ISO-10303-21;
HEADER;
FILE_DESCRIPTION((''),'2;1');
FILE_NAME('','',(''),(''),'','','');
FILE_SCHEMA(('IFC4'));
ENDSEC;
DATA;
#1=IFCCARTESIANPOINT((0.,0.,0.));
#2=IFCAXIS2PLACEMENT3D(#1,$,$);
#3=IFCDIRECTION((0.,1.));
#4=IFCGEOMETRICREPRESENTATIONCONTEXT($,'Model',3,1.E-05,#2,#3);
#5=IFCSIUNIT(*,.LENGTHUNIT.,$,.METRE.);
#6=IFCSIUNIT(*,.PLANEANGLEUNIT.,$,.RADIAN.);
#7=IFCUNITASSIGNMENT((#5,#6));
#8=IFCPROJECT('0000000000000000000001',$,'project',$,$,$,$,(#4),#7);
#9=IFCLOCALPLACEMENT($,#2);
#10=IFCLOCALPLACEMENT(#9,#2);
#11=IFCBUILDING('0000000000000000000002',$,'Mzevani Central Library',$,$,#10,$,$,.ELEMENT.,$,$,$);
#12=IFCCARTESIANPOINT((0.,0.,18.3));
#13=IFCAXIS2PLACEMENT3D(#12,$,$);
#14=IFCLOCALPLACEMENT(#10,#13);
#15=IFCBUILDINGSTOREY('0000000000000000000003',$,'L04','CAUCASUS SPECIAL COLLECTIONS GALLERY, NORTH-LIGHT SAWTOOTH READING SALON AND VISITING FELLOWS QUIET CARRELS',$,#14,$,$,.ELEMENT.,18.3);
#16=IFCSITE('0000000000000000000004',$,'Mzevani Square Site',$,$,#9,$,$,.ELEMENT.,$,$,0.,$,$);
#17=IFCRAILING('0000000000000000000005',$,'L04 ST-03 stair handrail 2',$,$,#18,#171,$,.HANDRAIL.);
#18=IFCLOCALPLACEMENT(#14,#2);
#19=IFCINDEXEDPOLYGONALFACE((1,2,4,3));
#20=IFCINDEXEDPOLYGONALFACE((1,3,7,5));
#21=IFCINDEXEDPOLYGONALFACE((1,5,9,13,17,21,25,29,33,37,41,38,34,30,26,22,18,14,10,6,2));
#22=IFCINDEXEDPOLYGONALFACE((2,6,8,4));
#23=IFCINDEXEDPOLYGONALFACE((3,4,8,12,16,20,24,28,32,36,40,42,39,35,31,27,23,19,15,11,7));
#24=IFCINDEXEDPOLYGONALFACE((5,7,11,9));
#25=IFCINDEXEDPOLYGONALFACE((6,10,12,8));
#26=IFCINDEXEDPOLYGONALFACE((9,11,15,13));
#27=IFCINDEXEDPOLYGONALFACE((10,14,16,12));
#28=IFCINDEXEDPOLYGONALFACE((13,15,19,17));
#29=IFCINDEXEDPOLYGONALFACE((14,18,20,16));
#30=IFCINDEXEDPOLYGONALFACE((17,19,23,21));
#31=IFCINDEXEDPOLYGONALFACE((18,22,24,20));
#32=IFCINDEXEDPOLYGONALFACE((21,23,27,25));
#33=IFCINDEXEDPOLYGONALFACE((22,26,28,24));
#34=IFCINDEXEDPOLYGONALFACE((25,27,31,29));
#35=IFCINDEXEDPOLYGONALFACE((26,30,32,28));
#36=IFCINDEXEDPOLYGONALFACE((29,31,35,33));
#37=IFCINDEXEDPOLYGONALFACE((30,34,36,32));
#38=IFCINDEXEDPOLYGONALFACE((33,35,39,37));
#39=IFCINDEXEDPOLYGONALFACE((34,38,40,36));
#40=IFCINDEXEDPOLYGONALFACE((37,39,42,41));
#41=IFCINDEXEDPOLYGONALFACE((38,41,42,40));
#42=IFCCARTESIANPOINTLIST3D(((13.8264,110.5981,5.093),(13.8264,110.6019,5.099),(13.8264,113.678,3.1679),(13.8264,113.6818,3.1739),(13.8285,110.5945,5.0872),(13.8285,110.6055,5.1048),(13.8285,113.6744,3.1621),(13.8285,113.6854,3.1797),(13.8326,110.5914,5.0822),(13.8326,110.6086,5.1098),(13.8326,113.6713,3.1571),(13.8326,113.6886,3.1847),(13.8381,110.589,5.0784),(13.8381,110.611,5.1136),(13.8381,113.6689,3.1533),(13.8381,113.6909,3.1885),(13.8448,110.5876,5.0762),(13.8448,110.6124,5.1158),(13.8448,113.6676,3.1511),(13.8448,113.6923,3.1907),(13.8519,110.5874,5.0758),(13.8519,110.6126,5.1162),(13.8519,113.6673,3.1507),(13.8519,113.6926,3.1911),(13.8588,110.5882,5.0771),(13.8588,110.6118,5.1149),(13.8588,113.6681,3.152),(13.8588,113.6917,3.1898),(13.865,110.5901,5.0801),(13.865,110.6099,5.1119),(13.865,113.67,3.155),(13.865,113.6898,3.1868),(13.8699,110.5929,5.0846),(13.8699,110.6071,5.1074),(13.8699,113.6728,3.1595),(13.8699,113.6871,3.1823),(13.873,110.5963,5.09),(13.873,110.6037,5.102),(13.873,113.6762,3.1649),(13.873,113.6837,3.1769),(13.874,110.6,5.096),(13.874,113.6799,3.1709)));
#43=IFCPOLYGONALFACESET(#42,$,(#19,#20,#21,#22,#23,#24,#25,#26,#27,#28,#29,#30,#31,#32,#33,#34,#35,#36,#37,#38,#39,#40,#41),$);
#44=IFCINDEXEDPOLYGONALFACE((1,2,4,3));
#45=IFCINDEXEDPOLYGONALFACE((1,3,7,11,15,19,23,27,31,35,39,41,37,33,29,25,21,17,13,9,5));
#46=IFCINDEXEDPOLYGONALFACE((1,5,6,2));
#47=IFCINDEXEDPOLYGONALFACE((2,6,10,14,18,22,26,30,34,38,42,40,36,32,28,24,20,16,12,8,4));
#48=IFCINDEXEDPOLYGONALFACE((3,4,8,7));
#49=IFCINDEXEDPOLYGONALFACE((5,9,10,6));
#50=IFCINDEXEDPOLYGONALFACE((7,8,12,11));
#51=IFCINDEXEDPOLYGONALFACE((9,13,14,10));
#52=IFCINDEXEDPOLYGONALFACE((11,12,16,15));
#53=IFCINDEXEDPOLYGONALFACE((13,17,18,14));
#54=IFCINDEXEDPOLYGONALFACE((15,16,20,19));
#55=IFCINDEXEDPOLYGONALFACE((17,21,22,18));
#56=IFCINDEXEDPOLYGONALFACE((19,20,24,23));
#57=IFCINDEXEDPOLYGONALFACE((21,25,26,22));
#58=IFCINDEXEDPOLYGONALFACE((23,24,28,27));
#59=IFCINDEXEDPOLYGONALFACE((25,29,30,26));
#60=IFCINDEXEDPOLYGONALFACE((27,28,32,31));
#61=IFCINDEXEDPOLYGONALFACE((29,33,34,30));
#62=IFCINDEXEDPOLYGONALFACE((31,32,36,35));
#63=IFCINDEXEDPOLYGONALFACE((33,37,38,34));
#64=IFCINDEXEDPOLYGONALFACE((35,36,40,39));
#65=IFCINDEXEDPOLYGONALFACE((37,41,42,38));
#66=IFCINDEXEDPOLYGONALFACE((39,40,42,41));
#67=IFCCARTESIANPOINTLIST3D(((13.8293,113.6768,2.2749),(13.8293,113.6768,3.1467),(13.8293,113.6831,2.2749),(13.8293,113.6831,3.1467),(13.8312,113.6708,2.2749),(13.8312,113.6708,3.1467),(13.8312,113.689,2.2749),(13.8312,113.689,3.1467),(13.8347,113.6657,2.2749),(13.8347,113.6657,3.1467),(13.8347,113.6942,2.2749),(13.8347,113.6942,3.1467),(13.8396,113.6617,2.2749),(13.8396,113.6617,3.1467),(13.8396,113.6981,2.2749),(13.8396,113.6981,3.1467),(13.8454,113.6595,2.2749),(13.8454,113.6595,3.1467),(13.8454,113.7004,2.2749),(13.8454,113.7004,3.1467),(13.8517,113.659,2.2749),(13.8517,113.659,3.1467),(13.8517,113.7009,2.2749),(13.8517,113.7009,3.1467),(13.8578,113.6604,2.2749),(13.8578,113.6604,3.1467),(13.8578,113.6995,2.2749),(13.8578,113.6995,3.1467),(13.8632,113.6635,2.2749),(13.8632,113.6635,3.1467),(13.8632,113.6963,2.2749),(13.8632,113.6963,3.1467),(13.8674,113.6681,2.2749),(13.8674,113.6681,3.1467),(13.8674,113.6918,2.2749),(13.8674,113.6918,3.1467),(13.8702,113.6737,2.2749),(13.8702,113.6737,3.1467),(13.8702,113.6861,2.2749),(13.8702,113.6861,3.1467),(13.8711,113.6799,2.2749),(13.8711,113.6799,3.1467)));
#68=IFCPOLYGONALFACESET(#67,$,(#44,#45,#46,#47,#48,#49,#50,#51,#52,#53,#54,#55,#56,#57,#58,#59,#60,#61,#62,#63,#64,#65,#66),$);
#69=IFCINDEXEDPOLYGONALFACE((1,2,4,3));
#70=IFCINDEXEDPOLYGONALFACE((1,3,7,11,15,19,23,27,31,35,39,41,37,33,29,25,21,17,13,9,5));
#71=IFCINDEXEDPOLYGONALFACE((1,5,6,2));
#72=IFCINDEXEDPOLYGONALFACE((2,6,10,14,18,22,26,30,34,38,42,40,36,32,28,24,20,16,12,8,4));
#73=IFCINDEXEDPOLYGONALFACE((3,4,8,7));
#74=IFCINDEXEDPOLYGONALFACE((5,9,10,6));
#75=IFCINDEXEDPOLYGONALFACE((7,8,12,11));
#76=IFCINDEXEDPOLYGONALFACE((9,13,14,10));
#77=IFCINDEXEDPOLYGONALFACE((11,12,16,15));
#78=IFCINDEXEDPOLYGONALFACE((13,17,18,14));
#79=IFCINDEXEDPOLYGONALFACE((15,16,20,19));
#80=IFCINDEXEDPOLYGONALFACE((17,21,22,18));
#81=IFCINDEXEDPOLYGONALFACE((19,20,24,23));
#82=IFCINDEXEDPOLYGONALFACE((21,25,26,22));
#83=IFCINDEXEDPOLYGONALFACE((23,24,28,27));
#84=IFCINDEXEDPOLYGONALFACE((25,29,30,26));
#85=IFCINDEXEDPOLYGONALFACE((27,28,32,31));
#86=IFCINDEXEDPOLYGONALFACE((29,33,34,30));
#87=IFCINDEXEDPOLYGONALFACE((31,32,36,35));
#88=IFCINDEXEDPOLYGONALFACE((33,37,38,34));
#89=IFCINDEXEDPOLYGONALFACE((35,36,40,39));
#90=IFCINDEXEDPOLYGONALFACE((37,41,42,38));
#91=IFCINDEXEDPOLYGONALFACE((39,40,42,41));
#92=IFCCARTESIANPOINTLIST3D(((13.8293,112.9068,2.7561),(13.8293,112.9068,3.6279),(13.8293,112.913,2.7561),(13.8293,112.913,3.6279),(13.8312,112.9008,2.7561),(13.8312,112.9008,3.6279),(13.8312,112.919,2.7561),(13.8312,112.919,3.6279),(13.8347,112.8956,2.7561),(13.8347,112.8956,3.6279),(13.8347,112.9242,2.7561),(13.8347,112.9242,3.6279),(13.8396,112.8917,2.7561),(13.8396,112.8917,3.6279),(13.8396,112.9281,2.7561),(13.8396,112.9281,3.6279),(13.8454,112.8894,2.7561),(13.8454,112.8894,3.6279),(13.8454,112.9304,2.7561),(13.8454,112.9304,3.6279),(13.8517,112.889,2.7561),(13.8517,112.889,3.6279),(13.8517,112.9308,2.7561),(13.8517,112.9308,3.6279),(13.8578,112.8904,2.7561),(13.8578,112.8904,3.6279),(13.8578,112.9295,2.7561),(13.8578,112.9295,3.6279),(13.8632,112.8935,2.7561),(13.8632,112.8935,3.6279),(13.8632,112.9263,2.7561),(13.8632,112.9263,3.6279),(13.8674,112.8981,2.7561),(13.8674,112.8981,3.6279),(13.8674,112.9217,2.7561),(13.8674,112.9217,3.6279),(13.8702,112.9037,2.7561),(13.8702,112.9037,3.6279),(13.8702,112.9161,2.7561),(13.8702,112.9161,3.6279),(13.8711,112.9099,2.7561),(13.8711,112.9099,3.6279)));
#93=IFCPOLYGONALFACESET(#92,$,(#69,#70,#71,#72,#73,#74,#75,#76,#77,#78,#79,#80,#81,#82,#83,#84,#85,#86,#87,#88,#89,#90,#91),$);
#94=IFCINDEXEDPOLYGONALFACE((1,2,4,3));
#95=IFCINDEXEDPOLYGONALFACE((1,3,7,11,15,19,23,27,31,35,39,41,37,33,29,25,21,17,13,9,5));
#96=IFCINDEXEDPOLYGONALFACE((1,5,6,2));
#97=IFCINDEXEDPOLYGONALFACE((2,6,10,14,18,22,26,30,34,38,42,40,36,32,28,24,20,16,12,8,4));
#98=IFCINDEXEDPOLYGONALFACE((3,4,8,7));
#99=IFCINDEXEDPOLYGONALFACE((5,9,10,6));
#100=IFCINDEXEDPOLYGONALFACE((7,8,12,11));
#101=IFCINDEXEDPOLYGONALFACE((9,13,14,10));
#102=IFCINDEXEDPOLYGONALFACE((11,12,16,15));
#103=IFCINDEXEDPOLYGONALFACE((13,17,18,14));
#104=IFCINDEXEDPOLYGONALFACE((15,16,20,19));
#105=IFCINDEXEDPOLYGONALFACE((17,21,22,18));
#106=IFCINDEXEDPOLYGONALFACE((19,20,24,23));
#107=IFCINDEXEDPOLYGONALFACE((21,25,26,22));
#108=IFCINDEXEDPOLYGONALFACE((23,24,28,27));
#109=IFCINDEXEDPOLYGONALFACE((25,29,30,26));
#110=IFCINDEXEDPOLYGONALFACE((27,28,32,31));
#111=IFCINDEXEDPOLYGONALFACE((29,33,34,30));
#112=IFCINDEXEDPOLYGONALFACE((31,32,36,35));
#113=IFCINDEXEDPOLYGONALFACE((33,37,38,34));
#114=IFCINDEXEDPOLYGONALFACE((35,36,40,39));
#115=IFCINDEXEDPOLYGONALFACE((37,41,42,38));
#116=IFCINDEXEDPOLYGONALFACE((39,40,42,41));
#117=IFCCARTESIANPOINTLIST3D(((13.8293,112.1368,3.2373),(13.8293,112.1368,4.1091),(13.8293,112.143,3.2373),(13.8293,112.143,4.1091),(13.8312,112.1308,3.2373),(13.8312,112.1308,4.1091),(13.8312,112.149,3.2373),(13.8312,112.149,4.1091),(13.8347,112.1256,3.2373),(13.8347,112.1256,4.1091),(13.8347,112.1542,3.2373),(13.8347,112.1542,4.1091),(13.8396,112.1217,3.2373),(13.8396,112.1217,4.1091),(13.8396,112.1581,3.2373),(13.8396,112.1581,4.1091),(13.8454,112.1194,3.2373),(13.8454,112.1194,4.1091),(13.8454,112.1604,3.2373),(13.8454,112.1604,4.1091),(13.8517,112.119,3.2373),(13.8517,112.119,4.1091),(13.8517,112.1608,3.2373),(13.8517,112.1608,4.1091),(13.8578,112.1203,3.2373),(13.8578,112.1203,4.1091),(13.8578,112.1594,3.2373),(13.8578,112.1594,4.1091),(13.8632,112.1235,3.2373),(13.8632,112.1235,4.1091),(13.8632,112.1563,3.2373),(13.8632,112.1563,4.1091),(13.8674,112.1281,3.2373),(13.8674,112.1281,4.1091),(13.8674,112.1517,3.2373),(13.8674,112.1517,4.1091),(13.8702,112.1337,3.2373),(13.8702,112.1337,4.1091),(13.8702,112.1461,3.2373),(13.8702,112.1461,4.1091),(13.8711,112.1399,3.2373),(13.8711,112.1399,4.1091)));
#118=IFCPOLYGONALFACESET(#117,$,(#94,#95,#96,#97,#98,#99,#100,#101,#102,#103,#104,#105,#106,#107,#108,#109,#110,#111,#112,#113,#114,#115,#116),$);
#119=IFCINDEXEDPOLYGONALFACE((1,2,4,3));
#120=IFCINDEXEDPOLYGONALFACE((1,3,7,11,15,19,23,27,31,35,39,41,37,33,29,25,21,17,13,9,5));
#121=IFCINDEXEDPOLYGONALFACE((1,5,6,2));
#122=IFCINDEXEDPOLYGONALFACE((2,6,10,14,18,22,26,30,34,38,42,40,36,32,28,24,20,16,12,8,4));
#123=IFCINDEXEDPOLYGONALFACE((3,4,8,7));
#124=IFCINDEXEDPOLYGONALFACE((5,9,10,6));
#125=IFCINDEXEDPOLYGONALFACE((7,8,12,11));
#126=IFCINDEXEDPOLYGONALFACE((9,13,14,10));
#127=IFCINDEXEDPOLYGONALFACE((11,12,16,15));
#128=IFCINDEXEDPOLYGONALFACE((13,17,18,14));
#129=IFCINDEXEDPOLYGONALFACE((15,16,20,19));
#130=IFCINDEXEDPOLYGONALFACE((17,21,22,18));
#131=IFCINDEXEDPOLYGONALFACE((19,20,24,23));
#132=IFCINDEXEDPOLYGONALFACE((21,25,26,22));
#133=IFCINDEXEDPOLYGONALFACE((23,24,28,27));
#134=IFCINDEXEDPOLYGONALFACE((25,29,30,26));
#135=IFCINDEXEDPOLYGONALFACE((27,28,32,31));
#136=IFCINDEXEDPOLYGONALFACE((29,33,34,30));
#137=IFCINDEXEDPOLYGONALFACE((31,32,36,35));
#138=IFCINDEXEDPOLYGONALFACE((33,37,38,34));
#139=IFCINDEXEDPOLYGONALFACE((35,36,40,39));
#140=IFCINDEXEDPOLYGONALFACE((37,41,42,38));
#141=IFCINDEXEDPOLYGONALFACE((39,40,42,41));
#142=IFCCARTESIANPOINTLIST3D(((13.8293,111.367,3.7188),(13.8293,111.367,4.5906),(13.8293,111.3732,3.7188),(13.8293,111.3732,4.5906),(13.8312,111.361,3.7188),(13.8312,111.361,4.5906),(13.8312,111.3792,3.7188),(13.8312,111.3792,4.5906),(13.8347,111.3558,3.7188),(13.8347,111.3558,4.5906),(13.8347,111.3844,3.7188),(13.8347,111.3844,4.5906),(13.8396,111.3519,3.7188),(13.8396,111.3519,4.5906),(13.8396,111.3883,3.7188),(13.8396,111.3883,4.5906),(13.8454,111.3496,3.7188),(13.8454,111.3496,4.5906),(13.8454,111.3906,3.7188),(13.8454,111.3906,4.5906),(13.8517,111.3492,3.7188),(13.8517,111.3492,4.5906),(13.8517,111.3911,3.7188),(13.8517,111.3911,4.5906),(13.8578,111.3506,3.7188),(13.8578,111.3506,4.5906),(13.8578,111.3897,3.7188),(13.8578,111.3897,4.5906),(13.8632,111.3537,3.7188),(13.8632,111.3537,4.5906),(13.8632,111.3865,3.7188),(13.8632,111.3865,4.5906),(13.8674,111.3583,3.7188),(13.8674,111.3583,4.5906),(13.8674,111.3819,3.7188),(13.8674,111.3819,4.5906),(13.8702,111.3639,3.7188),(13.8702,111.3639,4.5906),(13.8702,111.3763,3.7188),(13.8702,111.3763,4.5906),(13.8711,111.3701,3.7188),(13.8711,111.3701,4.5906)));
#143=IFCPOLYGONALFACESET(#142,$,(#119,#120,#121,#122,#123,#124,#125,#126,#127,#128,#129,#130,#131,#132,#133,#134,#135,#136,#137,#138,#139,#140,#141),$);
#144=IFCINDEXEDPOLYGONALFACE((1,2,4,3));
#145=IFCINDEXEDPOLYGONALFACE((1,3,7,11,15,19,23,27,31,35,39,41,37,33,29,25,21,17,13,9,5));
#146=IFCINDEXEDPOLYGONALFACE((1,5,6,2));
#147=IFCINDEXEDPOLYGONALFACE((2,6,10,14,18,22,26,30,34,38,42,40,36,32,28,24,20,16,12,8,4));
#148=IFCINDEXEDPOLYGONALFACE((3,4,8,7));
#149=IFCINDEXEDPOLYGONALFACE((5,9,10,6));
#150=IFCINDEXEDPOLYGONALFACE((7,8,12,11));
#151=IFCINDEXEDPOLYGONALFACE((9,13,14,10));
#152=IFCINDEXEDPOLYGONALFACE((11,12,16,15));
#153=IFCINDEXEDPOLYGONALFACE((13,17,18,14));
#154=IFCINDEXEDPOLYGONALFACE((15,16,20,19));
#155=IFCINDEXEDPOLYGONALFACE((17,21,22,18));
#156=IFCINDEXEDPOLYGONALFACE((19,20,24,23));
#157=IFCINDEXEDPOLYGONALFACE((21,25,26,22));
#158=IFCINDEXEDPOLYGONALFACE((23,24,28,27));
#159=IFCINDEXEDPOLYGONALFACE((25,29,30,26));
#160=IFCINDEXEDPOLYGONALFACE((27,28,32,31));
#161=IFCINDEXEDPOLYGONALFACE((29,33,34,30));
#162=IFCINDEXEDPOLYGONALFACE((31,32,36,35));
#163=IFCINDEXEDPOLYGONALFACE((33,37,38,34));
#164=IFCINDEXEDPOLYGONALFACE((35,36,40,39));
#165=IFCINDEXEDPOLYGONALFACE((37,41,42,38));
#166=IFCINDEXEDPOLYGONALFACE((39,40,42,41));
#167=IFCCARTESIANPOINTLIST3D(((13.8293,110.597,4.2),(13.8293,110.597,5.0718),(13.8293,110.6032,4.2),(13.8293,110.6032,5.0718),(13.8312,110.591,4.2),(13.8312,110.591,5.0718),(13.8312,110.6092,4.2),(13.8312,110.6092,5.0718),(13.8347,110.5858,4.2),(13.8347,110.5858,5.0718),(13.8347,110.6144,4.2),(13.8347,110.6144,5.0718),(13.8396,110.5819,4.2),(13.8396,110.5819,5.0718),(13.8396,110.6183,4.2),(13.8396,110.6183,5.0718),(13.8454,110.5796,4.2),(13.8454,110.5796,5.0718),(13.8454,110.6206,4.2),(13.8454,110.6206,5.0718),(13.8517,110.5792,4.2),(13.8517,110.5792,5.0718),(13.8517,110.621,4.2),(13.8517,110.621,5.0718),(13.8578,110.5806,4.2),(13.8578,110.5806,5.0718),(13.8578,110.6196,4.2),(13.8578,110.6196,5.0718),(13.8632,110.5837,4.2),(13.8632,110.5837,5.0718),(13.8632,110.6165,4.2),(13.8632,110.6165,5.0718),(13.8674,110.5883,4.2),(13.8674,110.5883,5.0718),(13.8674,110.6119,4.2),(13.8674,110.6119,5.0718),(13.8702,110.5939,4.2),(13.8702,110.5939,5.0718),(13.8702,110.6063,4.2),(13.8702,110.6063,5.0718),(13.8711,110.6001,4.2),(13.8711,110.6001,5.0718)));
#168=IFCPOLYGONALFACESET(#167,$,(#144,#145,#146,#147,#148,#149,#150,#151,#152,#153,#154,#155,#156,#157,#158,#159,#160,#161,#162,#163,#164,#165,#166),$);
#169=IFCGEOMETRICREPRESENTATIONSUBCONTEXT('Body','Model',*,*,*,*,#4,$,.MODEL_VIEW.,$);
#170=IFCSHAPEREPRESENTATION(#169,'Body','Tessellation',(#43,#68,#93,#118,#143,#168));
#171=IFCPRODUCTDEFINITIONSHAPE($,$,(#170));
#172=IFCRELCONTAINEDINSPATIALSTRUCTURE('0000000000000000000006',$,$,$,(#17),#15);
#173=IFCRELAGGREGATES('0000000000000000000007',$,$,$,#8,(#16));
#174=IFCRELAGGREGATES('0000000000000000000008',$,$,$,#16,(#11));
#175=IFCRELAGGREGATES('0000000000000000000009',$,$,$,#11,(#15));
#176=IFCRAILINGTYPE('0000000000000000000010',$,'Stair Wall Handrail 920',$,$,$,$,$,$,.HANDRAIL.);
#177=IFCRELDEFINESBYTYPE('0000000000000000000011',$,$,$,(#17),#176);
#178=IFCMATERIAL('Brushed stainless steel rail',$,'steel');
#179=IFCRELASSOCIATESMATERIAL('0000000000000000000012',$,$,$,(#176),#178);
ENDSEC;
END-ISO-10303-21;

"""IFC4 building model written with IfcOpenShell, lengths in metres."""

from ifc_helpers import new_model, si_unit, direction, frame, origin, origin_2d, place, context, subcontext, project, spatial, circle, extrude, material, type_object, element, save


model = new_model("IFC4")

# Units and contexts
model_context = context("Model", 3, precision=1e-05, world=origin(), true_north=direction((0.0, 1.0)))
body_context = subcontext(model_context, "Body", "Model", "MODEL_VIEW")
ifc_project = project(units=[si_unit("LENGTHUNIT", "METRE"), si_unit("PLANEANGLEUNIT", "RADIAN")], contexts=[model_context])

# Site, building, storey
site_placement = place(None, origin())
site = spatial("IfcSite", under=ifc_project, at=site_placement, Name="Mzevani Square Site", CompositionType="ELEMENT", RefElevation=0.0)
building_placement = place(site_placement, origin())
building = spatial("IfcBuilding", under=site, at=building_placement, Name="Mzevani Central Library", CompositionType="ELEMENT")
storey_placement = place(building_placement, frame((0.0, 0.0, 18.3)))
storey = spatial("IfcBuildingStorey", under=building, at=storey_placement, Name="L04", Description="CAUCASUS SPECIAL COLLECTIONS GALLERY, NORTH-LIGHT SAWTOOTH READING SALON AND VISITING FELLOWS QUIET CARRELS", CompositionType="ELEMENT", Elevation=18.3)

# Railing
ifc_material_1 = material(Name="Brushed stainless steel rail", Category="steel")
railing_type_1 = type_object("IfcRailingType", Name="Stair Wall Handrail 920", PredefinedType="HANDRAIL", material=ifc_material_1)
railing_1_placement = place(storey_placement, frame((13.8501, 113.6799, 2.2749)))
element("IfcRailing", 1, at=railing_1_placement, inside=storey, type_object=railing_type_1, Name="L04 ST-03 stair handrail 2", PredefinedType="HANDRAIL", context=body_context, shape_type="SweptSolid", body=[
    extrude(circle(Radius=0.0239, at=origin_2d()), frame((0.0, 0.0, 0.896), z_axis=(0.0, -0.847979, 0.530029), x_axis=(1.0, 0.0, 0.0)), (0.0, 0.0, 1.0), 3.6321),
    extrude(circle(Radius=0.021, at=origin_2d()), origin(), (0.0, 0.0, 1.0), 0.8718),
    extrude(circle(Radius=0.021, at=origin_2d()), frame((0.0, -0.77, 0.4812)), (0.0, 0.0, 1.0), 0.8718),
    extrude(circle(Radius=0.021, at=origin_2d()), frame((0.0, -1.54, 0.9624)), (0.0, 0.0, 1.0), 0.8718),
    extrude(circle(Radius=0.021, at=origin_2d()), frame((0.0, -2.3098, 1.4438)), (0.0, 0.0, 1.0), 0.8718),
    extrude(circle(Radius=0.021, at=origin_2d()), frame((0.0, -3.0798, 1.925)), (0.0, 0.0, 1.0), 0.8718),
])

save(model, "model.ifc")
